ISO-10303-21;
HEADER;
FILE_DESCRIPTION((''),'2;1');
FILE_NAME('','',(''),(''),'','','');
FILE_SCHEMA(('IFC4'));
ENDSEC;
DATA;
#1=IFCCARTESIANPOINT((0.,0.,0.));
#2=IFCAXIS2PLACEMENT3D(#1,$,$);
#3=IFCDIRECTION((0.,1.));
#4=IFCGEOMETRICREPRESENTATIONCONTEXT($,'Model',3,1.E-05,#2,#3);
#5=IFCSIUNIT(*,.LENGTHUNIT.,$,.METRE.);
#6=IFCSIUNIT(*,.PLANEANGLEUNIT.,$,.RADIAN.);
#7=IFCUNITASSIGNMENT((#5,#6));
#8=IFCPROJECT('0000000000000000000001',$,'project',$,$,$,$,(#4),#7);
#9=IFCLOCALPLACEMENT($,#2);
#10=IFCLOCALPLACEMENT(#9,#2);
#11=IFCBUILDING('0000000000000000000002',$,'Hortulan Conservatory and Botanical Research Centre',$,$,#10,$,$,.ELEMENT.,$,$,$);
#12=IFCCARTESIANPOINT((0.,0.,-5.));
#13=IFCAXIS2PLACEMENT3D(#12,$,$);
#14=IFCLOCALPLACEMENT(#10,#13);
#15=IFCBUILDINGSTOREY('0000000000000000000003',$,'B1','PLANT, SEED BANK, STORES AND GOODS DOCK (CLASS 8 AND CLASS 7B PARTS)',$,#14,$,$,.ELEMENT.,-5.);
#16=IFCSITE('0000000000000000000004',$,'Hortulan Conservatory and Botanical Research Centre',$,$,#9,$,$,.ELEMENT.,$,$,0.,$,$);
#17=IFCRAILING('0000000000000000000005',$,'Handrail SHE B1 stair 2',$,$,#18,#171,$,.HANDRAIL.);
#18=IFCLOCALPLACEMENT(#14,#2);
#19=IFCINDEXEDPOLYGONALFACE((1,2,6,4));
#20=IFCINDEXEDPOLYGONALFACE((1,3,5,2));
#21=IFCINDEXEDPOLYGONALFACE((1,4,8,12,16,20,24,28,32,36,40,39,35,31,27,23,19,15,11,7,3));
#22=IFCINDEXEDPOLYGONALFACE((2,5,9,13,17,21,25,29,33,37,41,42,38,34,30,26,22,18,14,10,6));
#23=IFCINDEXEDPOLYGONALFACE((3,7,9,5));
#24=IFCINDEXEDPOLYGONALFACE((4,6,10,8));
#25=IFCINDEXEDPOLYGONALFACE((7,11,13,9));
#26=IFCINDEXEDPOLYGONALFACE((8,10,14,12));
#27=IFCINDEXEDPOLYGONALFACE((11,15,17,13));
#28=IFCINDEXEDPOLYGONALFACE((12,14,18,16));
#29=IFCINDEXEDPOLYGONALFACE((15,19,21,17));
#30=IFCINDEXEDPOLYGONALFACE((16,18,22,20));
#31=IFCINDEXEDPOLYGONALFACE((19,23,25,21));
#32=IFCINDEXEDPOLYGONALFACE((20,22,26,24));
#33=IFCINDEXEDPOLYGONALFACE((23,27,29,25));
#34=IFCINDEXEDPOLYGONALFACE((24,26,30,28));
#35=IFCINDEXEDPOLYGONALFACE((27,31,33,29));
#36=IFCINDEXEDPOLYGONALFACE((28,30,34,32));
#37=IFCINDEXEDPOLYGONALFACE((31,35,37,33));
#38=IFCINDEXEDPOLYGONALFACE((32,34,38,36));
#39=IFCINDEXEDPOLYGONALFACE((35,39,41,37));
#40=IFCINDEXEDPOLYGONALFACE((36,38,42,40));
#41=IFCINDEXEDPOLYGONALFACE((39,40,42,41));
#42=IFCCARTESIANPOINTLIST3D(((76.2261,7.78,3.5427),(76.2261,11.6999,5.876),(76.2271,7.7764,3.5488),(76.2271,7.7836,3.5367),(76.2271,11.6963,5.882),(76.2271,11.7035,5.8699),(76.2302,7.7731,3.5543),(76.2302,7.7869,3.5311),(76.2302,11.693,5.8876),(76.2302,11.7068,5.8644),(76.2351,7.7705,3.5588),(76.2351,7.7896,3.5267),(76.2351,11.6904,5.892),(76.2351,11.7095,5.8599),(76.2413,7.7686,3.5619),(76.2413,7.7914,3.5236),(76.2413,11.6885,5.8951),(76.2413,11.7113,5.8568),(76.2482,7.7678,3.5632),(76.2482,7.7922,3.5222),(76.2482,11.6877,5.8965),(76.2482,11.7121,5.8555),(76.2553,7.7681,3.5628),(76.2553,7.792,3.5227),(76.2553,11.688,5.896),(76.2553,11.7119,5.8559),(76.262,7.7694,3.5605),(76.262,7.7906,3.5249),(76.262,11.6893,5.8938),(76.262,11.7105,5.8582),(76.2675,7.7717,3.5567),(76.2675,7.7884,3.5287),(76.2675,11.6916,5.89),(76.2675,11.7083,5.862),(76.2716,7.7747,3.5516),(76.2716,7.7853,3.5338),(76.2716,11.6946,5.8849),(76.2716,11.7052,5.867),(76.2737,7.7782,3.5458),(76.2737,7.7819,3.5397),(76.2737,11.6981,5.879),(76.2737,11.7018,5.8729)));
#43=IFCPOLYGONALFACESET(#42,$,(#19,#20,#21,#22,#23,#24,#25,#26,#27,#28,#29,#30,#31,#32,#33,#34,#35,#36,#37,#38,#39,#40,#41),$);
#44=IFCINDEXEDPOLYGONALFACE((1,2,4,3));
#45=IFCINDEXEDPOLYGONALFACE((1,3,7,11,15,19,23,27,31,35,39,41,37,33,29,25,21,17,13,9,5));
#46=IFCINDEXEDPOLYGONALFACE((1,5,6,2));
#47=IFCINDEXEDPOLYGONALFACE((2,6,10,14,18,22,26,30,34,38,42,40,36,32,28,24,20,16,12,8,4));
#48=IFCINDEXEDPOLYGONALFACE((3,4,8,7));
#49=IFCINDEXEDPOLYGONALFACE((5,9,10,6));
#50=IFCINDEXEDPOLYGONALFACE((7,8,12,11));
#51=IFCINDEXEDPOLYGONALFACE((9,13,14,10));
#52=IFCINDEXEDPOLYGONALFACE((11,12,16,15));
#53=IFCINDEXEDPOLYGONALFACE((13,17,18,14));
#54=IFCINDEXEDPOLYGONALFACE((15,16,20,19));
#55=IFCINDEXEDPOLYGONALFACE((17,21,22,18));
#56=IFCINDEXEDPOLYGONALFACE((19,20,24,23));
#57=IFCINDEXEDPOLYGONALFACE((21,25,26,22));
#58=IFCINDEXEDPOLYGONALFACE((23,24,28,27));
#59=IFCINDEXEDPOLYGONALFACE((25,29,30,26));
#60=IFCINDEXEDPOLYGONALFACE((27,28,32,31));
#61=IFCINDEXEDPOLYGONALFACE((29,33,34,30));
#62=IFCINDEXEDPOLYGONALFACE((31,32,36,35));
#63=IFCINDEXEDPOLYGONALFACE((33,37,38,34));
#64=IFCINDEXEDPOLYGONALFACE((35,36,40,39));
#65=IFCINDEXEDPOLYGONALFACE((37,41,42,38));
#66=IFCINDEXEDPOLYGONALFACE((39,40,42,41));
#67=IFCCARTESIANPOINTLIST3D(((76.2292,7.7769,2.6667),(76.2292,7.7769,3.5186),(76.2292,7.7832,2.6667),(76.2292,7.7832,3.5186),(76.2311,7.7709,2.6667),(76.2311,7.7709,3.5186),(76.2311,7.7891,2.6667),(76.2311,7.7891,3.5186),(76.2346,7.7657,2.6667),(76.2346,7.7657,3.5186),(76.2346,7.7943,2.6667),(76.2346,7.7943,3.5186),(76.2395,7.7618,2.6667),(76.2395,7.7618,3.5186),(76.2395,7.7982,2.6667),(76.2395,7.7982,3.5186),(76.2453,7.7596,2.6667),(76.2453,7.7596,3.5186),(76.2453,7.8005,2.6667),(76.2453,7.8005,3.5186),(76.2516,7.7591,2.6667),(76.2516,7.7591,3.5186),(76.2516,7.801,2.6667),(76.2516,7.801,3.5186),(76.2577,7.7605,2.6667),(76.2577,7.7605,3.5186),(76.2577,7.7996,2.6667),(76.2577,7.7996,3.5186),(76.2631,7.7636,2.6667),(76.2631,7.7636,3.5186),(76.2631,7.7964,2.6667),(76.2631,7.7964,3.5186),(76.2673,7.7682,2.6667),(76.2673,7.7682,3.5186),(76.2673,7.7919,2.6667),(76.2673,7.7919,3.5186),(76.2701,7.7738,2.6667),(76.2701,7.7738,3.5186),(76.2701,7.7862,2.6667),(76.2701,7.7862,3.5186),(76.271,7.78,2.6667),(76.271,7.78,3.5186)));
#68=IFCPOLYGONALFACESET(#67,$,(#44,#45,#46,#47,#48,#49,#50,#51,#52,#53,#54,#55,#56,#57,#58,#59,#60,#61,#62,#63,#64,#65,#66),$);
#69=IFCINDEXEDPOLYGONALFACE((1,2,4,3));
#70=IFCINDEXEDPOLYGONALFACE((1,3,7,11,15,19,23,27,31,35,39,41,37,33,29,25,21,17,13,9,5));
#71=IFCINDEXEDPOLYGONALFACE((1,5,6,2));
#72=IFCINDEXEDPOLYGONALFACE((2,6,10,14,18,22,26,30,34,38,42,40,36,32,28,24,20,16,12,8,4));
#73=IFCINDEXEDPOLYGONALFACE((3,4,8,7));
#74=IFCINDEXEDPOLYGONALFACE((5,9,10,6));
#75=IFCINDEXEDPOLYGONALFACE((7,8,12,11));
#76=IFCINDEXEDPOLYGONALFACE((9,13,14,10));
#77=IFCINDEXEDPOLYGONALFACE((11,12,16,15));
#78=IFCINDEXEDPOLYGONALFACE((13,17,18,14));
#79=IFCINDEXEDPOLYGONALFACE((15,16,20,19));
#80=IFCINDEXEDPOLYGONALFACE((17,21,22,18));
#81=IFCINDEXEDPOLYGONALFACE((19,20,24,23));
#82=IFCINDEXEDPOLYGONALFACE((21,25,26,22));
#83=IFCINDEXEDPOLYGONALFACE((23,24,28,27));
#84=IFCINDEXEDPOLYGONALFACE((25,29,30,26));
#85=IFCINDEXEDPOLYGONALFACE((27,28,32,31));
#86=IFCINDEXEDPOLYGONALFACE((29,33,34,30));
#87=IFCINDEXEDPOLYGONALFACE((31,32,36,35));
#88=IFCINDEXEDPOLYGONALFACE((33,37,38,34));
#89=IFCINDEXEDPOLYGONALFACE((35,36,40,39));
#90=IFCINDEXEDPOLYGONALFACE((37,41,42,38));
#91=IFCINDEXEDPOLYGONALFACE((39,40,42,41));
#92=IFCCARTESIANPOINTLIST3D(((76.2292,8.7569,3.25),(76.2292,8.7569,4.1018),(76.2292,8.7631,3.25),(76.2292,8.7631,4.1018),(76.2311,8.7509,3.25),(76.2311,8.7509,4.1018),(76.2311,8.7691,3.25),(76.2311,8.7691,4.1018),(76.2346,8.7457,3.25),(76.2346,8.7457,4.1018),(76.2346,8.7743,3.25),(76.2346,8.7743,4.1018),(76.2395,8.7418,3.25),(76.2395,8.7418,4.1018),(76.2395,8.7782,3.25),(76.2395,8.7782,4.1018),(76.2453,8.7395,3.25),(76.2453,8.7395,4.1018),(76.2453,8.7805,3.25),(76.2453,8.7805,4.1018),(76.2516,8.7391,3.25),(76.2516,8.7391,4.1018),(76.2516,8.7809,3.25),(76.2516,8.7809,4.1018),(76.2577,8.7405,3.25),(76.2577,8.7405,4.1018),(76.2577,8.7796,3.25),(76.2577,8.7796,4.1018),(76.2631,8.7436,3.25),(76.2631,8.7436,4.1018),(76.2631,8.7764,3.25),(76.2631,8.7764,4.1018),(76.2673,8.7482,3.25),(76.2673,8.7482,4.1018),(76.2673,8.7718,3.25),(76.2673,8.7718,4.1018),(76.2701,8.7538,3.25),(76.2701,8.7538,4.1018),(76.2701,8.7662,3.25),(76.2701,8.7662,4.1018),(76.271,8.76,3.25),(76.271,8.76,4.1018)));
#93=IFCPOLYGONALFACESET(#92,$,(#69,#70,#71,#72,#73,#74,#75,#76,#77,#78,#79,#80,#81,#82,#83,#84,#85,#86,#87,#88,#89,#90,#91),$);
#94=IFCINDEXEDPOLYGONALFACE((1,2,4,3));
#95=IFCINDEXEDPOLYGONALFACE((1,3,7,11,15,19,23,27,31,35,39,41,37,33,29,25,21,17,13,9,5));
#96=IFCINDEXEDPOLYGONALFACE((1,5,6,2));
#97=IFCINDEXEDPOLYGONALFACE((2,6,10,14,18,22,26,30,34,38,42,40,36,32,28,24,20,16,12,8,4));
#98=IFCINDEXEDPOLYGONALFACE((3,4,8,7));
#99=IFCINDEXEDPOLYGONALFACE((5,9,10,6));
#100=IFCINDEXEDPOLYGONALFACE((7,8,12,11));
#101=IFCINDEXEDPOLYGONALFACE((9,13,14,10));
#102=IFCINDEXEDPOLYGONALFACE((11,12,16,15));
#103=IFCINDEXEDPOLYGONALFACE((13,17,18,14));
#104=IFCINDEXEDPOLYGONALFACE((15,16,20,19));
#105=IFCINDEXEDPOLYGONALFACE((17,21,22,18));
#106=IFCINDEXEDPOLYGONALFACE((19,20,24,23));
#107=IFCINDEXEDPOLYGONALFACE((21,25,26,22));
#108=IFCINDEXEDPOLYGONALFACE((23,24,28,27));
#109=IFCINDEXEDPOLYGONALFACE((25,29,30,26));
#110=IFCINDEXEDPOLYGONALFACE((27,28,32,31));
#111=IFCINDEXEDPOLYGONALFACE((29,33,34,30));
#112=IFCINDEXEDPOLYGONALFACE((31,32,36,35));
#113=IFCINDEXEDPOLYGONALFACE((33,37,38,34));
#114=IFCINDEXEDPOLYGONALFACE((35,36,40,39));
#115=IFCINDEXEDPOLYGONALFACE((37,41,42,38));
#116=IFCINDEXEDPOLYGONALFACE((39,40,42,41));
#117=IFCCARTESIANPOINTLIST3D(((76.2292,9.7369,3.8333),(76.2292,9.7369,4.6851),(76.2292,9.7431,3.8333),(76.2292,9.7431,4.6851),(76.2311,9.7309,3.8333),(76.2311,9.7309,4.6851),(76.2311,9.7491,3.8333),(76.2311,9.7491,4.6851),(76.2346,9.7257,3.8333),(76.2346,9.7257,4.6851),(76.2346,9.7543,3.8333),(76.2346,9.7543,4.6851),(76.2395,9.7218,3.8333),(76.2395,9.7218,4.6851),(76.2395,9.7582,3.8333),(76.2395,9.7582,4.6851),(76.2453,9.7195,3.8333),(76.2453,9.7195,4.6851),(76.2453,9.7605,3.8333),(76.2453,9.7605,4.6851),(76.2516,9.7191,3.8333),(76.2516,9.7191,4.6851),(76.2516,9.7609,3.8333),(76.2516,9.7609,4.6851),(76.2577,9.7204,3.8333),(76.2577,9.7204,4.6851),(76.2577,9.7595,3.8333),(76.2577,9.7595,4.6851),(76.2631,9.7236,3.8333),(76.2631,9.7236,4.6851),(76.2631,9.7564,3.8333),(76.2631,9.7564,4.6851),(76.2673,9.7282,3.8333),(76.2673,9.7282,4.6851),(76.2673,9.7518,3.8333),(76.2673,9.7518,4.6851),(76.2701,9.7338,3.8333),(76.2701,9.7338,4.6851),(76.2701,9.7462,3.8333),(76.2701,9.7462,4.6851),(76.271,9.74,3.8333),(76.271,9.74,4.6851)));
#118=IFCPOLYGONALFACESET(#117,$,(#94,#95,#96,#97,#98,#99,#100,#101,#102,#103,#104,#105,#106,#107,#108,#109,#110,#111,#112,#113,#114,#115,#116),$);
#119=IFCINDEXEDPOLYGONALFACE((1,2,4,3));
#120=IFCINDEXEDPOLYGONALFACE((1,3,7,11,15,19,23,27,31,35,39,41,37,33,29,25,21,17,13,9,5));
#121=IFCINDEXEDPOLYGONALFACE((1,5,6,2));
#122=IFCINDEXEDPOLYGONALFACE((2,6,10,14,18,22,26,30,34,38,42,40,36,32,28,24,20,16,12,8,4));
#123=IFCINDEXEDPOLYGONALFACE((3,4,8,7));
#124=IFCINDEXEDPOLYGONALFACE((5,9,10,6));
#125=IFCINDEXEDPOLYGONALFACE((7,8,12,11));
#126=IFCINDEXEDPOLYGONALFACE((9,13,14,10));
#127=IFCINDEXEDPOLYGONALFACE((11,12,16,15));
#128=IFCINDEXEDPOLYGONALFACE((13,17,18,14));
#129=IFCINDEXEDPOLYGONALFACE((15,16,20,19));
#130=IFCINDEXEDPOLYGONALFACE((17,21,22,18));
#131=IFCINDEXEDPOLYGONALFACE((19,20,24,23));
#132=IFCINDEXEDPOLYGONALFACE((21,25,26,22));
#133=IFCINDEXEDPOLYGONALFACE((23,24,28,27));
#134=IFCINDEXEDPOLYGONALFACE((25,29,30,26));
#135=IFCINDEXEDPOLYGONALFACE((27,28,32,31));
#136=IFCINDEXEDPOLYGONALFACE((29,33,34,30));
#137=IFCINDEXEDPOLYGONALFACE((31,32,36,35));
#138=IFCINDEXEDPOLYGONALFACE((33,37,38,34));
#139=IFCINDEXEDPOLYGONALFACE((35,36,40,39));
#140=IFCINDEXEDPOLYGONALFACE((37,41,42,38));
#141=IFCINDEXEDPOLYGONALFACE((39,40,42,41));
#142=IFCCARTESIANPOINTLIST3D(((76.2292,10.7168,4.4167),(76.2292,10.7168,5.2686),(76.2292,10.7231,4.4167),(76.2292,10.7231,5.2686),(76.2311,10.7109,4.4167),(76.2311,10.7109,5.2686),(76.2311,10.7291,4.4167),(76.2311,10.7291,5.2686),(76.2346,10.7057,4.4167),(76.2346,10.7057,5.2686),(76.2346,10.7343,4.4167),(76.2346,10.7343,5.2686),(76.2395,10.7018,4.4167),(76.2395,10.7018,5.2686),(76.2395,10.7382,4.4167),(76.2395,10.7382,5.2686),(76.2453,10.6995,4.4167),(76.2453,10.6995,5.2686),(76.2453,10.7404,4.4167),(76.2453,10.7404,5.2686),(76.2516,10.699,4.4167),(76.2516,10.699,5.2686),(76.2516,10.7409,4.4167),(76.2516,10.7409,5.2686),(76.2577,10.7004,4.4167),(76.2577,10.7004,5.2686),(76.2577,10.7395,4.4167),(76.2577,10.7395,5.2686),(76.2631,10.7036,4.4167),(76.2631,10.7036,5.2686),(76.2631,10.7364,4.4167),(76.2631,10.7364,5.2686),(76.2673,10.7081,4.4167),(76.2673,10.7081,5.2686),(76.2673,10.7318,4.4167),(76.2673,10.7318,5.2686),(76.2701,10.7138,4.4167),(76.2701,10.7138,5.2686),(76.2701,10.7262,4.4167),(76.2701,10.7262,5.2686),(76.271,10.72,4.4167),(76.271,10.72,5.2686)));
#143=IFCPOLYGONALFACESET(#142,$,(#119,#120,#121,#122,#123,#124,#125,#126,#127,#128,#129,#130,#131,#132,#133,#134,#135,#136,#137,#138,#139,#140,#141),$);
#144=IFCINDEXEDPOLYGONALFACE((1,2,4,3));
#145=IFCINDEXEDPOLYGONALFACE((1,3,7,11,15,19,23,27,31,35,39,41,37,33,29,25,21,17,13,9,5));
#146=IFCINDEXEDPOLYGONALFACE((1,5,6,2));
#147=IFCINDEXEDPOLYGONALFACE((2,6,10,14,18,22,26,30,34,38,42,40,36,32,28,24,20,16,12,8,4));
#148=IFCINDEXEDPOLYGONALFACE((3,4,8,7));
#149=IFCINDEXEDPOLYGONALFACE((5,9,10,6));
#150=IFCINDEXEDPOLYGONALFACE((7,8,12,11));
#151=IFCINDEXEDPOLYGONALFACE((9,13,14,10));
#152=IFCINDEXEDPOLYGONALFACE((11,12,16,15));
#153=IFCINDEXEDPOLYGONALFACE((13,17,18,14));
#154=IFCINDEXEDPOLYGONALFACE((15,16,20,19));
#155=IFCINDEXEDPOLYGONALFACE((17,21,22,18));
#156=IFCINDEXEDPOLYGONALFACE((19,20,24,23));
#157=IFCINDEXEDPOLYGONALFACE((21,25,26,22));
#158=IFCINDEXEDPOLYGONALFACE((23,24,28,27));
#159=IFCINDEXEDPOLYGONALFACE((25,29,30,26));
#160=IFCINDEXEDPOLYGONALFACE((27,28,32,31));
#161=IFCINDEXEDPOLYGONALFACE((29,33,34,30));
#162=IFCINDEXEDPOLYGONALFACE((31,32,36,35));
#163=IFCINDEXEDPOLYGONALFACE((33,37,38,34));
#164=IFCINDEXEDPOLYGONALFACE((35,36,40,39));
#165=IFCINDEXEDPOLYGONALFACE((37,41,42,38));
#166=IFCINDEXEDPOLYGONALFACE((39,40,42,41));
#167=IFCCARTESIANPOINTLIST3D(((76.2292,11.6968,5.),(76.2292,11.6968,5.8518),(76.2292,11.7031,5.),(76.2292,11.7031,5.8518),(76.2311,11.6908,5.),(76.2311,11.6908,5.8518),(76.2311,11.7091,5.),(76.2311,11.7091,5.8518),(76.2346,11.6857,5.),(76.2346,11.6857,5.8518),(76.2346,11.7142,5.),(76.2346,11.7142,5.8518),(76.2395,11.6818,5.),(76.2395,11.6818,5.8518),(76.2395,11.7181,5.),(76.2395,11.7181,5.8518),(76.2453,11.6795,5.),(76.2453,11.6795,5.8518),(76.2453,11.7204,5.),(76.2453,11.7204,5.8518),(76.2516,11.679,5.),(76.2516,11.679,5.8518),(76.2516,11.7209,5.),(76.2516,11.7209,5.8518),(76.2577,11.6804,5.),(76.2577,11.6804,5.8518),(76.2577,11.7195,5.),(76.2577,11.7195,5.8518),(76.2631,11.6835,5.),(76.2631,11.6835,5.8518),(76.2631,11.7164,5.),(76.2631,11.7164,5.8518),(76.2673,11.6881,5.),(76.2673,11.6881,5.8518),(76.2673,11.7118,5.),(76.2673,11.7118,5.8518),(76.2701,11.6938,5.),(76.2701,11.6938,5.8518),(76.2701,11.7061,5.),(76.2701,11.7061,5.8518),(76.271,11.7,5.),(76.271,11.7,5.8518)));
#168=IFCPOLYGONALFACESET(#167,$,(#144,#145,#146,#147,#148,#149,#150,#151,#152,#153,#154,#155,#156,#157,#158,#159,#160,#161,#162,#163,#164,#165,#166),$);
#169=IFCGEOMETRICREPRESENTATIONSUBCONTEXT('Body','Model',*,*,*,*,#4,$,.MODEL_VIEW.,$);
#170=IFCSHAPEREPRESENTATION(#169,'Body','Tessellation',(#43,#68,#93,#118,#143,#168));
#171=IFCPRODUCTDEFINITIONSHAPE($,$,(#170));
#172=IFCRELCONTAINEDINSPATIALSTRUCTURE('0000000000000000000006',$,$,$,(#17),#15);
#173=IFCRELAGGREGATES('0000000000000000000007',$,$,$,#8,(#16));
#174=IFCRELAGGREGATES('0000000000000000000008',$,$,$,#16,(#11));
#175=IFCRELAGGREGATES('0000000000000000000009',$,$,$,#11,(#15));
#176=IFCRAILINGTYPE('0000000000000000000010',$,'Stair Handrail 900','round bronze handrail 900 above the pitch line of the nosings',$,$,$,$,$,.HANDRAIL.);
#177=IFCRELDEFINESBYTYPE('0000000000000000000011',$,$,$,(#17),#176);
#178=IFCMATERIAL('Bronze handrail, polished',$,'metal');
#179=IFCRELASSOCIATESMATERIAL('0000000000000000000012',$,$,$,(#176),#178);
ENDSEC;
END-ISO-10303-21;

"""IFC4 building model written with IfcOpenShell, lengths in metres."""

from ifc_helpers import new_model, si_unit, direction, frame, origin, origin_2d, place, context, subcontext, project, spatial, circle, extrude, material, type_object, element, save


model = new_model("IFC4")

# Units and contexts
model_context = context("Model", 3, precision=1e-05, world=origin(), true_north=direction((0.0, 1.0)))
body_context = subcontext(model_context, "Body", "Model", "MODEL_VIEW")
ifc_project = project(units=[si_unit("LENGTHUNIT", "METRE"), si_unit("PLANEANGLEUNIT", "RADIAN")], contexts=[model_context])

# Site, building, storey
site_placement = place(None, origin())
site = spatial("IfcSite", under=ifc_project, at=site_placement, Name="Hortulan Conservatory and Botanical Research Centre", CompositionType="ELEMENT", RefElevation=0.0)
building_placement = place(site_placement, origin())
building = spatial("IfcBuilding", under=site, at=building_placement, Name="Hortulan Conservatory and Botanical Research Centre", CompositionType="ELEMENT")
storey_placement = place(building_placement, frame((0.0, 0.0, -5.0)))
storey = spatial("IfcBuildingStorey", under=building, at=storey_placement, Name="B1", Description="PLANT, SEED BANK, STORES AND GOODS DOCK (CLASS 8 AND CLASS 7B PARTS)", CompositionType="ELEMENT", Elevation=-5.0)

# Railing
ifc_material_1 = material(Name="Bronze handrail, polished", Category="metal")
railing_type_1 = type_object("IfcRailingType", Name="Stair Handrail 900", Description="round bronze handrail 900 above the pitch line of the nosings", PredefinedType="HANDRAIL", material=ifc_material_1)
for number, where, name in (
    (1, (76.25, 7.78, 2.6667), "Handrail SHE B1 stair 2"),
):
    element("IfcRailing", number, at=place(storey_placement, frame(where)), inside=storey, type_object=railing_type_1, Name=name, PredefinedType="HANDRAIL", context=body_context, shape_type="SweptSolid", body=[
        extrude(circle(Radius=0.0239, at=origin_2d()), frame((0.0, 0.0, 0.876), z_axis=(0.0, 0.859296, 0.511478), x_axis=(-1.0, 0.0, 0.0)), (0.0, 0.0, 1.0), 4.5618),
        extrude(circle(Radius=0.021, at=origin_2d()), origin(), (0.0, 0.0, 1.0), 0.8518),
        extrude(circle(Radius=0.021, at=origin_2d()), frame((0.0, 0.98, 0.5833)), (0.0, 0.0, 1.0), 0.8518),
        extrude(circle(Radius=0.021, at=origin_2d()), frame((0.0, 1.96, 1.1665)), (0.0, 0.0, 1.0), 0.8518),
        extrude(circle(Radius=0.021, at=origin_2d()), frame((0.0, 2.9399, 1.75)), (0.0, 0.0, 1.0), 0.8518),
        extrude(circle(Radius=0.021, at=origin_2d()), frame((0.0, 3.9199, 2.3333)), (0.0, 0.0, 1.0), 0.8518),
    ])

save(model, "model.ifc")
